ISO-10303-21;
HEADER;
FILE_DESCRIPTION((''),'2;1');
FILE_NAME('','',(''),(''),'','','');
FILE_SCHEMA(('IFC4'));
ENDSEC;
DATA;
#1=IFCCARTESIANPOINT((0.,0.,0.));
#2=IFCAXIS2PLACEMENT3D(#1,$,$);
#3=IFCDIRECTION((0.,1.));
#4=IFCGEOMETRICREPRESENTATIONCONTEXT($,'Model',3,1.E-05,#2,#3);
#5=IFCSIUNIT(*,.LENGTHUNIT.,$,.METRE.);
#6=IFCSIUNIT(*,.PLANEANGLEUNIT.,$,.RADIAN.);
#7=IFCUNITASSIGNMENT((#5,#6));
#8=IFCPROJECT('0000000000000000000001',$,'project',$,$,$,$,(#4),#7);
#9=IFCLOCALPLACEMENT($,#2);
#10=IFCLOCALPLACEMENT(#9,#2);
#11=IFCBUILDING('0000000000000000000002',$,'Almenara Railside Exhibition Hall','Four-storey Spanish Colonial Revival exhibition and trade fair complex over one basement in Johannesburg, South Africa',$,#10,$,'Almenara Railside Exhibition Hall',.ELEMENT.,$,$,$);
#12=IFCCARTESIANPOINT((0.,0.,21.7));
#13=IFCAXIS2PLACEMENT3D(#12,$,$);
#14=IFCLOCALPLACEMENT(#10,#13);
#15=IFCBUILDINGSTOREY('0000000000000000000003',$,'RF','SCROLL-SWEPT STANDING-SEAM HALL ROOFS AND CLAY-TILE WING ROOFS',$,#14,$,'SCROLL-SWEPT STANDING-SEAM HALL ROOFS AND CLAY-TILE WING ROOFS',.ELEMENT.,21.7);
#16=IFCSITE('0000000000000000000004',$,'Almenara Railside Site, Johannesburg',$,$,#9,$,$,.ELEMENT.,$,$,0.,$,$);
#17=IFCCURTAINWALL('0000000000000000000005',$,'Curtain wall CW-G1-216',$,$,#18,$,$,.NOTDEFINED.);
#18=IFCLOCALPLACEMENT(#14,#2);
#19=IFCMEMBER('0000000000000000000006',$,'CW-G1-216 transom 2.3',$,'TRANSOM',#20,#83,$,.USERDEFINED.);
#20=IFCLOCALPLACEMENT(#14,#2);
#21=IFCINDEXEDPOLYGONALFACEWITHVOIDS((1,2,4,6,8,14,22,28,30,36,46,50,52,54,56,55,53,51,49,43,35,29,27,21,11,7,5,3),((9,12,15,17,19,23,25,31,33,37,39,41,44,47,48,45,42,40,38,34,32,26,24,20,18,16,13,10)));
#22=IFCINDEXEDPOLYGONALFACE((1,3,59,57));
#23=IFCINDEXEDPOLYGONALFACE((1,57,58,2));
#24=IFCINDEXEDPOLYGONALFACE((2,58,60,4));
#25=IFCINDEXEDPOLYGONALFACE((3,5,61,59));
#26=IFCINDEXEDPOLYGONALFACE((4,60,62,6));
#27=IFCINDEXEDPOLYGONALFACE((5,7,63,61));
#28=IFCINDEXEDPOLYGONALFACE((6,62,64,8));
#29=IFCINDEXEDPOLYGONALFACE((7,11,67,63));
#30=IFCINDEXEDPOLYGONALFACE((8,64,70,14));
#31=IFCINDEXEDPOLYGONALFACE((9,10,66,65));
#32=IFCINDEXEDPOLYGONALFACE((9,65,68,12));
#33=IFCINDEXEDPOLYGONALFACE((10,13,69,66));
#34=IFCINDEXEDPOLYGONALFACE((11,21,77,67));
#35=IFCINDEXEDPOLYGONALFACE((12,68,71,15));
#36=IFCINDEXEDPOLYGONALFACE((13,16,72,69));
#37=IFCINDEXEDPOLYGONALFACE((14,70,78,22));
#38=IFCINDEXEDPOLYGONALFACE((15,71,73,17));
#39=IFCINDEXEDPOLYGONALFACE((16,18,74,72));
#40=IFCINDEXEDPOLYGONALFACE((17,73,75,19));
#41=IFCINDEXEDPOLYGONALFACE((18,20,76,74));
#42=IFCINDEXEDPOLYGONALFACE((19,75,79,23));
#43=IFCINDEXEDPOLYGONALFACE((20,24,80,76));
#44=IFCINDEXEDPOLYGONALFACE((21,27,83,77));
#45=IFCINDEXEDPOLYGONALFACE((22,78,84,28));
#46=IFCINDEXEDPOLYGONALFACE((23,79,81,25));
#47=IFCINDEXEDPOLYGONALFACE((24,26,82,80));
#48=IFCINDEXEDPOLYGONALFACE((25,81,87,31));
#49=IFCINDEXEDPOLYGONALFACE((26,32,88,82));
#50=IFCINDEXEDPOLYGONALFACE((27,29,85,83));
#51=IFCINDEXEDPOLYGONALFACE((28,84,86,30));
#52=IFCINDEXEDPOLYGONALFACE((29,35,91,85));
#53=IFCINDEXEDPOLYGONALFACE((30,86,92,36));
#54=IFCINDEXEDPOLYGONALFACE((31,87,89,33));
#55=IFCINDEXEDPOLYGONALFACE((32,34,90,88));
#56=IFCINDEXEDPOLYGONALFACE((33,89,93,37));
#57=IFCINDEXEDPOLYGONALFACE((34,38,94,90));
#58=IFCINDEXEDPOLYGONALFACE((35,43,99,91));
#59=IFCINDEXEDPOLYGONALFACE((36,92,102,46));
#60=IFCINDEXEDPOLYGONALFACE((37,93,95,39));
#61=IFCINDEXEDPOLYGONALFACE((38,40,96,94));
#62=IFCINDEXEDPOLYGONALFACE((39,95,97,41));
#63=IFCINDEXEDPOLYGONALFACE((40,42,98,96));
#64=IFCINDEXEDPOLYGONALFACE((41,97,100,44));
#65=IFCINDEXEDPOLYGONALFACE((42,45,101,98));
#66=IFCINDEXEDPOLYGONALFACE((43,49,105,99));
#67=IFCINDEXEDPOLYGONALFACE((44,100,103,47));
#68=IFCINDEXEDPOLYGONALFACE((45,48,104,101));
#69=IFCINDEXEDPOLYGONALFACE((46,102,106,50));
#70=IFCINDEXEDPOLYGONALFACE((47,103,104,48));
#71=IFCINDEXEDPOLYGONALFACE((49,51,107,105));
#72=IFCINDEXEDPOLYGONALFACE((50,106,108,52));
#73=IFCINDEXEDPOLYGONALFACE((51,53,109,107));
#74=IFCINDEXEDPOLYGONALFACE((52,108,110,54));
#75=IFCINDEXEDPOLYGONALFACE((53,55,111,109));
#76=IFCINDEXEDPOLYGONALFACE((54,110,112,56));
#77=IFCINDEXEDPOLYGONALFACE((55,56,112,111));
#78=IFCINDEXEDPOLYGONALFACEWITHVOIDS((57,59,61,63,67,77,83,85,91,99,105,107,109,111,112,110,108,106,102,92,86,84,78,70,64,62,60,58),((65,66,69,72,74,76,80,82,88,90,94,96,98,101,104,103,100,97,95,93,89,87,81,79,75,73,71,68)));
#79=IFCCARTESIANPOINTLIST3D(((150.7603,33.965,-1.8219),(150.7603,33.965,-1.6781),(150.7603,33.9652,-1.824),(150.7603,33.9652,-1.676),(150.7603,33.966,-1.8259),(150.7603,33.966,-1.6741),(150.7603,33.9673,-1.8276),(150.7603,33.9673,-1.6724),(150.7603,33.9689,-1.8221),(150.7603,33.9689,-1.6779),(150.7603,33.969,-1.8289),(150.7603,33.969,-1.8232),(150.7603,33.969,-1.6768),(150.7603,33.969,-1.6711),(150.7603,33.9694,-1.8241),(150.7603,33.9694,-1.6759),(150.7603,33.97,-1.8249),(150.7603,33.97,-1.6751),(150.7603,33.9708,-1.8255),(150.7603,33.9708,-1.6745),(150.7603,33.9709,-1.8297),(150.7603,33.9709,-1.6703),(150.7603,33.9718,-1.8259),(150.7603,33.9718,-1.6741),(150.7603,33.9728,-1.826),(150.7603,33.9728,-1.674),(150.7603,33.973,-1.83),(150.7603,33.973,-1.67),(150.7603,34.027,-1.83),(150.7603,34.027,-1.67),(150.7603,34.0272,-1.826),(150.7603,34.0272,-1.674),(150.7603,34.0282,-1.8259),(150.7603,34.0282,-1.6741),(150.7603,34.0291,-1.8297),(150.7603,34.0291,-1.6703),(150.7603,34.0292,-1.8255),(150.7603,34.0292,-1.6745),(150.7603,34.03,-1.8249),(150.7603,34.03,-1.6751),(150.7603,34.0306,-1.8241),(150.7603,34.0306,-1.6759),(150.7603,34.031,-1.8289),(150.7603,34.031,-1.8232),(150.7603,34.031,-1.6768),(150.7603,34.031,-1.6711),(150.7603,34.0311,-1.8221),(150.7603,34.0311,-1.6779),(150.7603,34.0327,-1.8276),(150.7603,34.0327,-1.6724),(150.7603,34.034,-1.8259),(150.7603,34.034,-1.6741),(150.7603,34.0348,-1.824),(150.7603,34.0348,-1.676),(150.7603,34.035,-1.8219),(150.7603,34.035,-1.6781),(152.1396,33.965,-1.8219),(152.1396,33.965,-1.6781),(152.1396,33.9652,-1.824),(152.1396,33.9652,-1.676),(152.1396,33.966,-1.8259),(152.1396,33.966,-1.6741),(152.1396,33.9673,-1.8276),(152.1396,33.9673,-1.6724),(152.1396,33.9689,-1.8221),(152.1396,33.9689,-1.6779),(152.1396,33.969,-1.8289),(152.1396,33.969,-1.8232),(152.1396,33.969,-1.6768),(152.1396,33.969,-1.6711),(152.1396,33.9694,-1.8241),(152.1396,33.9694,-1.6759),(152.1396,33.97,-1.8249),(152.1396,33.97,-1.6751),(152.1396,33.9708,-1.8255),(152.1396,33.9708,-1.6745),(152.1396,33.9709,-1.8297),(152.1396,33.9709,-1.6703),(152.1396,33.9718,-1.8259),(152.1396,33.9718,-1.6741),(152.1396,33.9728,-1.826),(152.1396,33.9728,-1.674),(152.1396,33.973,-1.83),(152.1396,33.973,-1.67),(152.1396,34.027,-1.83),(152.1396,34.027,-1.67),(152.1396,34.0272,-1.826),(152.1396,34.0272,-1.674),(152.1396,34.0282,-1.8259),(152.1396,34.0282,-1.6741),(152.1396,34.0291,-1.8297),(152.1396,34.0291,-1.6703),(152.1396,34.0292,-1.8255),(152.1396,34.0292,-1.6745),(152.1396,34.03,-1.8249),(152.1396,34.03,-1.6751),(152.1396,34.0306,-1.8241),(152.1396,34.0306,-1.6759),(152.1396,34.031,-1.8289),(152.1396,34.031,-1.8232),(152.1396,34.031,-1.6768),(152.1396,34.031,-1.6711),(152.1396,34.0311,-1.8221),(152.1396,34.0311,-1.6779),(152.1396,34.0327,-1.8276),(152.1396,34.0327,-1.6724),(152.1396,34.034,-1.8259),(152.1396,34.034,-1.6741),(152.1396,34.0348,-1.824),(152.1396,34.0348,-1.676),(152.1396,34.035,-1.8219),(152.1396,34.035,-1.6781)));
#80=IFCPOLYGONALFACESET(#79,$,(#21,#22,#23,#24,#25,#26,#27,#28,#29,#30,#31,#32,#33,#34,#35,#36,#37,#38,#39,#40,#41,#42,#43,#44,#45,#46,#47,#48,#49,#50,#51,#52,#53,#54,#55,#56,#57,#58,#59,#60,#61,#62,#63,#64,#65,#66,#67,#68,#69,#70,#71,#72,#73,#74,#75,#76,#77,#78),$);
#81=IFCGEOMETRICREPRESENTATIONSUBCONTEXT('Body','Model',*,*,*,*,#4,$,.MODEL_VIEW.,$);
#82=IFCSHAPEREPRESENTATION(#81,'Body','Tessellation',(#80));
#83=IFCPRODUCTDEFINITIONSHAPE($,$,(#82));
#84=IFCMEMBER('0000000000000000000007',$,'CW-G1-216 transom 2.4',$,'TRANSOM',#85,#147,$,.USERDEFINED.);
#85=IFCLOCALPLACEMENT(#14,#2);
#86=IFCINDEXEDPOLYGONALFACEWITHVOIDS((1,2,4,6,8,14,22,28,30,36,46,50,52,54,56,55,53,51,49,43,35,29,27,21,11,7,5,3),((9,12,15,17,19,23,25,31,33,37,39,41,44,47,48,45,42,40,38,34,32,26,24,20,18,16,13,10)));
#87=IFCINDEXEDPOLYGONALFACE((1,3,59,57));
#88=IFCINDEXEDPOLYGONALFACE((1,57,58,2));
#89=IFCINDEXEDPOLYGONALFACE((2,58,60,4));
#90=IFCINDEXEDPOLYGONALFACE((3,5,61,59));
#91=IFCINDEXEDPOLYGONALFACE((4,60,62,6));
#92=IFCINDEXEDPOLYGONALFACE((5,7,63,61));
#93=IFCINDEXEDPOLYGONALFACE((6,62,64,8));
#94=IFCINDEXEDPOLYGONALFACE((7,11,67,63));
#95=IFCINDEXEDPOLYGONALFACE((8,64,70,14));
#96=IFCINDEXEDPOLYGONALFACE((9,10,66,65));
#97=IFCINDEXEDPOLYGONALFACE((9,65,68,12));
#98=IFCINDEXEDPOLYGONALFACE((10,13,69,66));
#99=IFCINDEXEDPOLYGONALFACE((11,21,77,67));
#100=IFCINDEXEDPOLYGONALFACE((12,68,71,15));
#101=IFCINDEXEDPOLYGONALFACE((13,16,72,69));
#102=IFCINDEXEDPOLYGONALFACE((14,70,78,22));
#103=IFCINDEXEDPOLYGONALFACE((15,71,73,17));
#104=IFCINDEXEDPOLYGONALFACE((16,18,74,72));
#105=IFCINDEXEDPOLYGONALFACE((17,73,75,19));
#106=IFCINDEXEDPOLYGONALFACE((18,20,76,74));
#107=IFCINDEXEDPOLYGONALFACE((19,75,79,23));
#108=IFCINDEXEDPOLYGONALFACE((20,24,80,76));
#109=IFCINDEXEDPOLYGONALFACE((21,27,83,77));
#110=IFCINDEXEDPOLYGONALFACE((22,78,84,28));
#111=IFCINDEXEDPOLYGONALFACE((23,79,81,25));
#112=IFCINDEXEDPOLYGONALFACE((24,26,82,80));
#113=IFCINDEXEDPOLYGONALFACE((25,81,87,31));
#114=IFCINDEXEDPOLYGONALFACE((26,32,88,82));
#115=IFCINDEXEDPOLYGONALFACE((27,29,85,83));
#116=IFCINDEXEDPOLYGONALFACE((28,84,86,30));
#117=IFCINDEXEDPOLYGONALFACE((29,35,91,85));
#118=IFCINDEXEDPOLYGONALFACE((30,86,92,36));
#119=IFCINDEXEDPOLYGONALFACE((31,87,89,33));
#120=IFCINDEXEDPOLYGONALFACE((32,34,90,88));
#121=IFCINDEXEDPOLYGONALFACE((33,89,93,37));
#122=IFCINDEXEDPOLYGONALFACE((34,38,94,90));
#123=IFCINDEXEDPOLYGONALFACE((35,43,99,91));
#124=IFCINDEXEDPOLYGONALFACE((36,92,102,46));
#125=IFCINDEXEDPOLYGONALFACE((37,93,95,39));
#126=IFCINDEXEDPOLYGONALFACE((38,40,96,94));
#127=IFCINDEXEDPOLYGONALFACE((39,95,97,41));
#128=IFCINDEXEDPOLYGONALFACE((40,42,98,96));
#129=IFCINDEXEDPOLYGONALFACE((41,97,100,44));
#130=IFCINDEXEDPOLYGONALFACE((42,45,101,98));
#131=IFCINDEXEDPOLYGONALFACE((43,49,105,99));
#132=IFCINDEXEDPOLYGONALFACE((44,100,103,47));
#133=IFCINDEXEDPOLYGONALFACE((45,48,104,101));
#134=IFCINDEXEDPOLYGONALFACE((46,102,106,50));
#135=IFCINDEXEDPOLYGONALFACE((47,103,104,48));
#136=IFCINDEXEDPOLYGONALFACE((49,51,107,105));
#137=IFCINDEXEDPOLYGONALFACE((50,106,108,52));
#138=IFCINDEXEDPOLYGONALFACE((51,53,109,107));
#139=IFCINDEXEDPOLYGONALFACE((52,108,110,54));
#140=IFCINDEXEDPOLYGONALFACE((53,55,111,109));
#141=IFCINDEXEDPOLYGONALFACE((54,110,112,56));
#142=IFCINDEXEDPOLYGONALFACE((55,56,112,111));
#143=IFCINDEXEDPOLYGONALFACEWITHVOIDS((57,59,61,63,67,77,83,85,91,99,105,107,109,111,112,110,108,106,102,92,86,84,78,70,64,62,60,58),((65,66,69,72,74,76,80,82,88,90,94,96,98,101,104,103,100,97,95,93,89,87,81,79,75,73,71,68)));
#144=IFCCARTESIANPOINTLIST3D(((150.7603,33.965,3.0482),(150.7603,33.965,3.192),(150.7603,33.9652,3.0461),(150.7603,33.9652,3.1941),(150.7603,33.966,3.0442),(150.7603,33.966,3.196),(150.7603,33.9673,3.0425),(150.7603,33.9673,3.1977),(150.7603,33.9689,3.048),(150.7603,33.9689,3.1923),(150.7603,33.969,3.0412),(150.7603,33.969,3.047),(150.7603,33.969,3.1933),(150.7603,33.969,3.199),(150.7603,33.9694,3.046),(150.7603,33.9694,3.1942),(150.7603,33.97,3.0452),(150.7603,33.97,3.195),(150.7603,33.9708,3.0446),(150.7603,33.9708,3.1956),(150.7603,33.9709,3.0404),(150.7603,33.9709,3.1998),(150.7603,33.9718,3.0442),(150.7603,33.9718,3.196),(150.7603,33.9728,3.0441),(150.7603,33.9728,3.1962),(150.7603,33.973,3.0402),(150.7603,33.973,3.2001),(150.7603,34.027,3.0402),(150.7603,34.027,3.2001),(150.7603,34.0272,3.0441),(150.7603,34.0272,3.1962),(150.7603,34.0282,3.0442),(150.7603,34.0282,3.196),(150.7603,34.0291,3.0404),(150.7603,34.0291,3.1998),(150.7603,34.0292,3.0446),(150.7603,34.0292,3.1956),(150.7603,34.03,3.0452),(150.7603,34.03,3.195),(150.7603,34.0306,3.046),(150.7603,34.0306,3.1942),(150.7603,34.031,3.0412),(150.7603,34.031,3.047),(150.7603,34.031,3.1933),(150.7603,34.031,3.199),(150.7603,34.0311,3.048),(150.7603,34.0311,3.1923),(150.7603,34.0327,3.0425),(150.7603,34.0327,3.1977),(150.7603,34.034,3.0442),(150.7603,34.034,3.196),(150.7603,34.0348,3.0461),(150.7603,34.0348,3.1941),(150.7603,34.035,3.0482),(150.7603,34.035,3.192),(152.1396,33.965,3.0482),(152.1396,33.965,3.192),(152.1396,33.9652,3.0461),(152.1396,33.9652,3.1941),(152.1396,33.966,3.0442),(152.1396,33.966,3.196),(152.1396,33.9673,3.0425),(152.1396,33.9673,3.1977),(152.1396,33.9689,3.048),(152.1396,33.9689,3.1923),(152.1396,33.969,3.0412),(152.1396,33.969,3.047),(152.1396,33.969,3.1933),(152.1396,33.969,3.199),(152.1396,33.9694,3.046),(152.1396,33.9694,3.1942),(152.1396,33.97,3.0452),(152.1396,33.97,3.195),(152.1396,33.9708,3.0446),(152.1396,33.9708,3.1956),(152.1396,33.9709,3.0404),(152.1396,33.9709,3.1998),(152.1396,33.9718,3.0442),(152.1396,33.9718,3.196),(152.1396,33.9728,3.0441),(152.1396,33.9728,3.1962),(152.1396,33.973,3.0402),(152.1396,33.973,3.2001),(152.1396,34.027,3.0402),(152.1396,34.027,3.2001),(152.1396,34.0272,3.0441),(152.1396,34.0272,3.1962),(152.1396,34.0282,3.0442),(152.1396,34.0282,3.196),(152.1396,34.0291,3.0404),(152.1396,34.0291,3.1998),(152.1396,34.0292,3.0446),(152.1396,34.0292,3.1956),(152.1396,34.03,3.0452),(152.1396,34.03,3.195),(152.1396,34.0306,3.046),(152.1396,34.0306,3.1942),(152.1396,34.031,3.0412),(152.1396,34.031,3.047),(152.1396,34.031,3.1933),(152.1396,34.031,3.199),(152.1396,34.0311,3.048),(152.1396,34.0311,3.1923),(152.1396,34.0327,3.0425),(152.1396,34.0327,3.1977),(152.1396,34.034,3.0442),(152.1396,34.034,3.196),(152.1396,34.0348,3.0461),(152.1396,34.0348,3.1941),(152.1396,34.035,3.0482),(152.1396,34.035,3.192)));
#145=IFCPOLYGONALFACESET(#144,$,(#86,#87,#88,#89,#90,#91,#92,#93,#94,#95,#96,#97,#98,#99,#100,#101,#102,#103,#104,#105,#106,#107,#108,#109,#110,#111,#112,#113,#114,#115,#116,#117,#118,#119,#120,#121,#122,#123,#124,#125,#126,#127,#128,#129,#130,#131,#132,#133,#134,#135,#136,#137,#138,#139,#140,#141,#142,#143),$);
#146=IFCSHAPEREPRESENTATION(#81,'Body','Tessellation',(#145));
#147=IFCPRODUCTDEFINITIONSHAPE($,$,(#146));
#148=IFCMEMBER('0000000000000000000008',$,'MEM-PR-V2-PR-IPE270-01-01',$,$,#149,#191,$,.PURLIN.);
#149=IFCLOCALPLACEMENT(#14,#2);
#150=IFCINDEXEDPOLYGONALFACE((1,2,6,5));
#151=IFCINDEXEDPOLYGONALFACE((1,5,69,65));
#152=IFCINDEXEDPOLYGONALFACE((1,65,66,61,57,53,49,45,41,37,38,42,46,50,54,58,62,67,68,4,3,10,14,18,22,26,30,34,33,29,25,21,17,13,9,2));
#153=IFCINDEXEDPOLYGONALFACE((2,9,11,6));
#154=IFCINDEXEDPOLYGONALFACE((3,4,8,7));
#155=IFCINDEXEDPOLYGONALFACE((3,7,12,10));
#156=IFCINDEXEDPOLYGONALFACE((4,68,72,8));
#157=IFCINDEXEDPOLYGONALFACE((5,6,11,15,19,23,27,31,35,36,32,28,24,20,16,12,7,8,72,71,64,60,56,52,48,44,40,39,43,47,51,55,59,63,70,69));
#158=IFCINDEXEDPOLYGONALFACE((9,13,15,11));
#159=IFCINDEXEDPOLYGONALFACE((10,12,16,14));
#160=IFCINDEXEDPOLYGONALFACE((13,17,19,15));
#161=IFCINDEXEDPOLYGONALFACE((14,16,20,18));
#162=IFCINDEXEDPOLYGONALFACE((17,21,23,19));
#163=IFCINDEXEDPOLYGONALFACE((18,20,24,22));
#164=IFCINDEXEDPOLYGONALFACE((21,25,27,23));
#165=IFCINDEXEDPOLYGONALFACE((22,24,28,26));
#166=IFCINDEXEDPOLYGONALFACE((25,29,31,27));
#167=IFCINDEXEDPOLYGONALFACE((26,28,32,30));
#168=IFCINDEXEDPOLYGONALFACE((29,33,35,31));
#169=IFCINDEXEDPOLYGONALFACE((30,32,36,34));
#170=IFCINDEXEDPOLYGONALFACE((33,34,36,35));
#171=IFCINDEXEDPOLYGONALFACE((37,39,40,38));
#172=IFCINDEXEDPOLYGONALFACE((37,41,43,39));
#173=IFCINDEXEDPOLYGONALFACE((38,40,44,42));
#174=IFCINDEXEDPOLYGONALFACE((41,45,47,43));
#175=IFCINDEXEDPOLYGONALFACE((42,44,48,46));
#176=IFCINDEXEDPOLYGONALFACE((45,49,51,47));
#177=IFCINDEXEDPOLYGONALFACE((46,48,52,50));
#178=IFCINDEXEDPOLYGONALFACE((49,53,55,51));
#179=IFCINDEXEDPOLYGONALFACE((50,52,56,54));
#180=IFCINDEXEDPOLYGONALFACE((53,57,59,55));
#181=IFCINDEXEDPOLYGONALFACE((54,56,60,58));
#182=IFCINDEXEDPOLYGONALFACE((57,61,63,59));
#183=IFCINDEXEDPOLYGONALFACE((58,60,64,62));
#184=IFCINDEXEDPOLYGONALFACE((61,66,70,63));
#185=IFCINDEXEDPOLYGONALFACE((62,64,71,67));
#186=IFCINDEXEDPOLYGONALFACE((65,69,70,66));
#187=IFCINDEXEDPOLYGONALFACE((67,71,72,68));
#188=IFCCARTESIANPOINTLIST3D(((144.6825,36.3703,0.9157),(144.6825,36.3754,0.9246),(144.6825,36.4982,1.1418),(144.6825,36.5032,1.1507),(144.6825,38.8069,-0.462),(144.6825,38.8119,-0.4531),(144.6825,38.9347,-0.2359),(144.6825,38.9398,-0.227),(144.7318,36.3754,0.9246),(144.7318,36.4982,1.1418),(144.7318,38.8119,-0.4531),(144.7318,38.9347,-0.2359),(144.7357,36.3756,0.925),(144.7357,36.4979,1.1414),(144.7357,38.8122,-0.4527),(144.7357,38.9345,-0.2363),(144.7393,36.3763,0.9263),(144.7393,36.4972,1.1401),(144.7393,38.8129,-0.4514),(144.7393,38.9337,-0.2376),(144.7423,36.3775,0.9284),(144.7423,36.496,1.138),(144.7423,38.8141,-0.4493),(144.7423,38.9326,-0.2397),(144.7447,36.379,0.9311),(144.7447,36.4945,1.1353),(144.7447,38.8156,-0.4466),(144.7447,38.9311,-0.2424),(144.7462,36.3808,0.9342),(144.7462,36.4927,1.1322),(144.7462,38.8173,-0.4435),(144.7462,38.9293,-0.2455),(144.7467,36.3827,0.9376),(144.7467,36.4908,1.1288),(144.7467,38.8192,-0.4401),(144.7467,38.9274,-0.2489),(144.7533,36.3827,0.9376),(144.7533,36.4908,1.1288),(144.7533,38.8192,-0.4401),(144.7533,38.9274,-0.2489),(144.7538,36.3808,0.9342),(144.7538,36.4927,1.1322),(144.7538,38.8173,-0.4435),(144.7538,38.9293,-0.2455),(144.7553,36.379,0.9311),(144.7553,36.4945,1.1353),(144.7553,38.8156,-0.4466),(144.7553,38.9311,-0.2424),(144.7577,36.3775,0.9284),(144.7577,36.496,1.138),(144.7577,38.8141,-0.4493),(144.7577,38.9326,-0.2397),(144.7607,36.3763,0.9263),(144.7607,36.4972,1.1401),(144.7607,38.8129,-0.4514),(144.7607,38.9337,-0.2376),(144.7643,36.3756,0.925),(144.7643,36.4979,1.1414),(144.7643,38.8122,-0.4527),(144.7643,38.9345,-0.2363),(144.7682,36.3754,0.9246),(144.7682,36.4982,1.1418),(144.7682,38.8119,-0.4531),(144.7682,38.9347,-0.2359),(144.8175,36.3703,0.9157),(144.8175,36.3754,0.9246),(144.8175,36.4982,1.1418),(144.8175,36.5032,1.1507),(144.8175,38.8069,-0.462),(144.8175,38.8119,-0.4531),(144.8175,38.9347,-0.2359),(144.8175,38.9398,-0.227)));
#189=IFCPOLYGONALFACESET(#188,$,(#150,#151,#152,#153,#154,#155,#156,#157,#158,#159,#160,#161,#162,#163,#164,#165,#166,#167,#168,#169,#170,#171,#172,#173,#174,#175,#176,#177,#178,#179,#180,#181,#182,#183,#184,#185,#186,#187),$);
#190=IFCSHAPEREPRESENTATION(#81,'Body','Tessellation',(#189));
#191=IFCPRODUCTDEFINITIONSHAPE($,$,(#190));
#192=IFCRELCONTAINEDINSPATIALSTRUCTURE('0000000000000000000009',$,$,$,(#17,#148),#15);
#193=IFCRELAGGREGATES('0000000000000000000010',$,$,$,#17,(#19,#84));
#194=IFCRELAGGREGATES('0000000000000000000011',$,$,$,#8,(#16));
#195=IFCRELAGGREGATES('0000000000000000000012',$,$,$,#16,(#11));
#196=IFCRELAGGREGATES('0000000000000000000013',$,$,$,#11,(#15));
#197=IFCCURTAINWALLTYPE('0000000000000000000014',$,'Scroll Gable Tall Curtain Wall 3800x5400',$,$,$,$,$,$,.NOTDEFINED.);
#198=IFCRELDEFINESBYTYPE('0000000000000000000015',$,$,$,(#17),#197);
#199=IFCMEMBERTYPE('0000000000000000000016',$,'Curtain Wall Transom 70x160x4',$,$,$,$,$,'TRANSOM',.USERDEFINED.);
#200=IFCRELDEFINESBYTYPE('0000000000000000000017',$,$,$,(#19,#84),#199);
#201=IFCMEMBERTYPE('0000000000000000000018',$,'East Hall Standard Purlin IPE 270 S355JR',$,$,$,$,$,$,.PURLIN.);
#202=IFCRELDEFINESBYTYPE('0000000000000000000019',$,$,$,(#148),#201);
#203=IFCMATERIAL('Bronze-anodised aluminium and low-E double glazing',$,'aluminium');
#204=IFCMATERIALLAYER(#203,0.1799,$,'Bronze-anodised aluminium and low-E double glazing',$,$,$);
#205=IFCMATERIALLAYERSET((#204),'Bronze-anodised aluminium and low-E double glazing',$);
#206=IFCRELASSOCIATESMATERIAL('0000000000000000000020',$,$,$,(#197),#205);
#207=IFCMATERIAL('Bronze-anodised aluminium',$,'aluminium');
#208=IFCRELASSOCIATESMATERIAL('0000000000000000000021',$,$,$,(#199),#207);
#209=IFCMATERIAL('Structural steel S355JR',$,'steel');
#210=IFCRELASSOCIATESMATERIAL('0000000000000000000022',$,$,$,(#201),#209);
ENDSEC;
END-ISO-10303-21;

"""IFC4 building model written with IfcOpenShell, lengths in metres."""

from ifc_helpers import new_model, si_unit, direction, frame, origin, origin_2d, place, context, subcontext, project, spatial, hollow_rectangle, i_section, extrude, material, layer, layer_set, material_profile, profile_set, type_object, element, aggregate, save


model = new_model("IFC4")

# Units and contexts
model_context = context("Model", 3, precision=1e-05, world=origin(), true_north=direction((0.0, 1.0)))
body_context = subcontext(model_context, "Body", "Model", "MODEL_VIEW")
ifc_project = project(units=[si_unit("LENGTHUNIT", "METRE"), si_unit("PLANEANGLEUNIT", "RADIAN")], contexts=[model_context])

# Site, building, storey
site_placement = place(None, origin())
site = spatial("IfcSite", under=ifc_project, at=site_placement, Name="Almenara Railside Site, Johannesburg", CompositionType="ELEMENT", RefElevation=0.0)
building_placement = place(site_placement, origin())
building = spatial("IfcBuilding", under=site, at=building_placement, Name="Almenara Railside Exhibition Hall", Description="Four-storey Spanish Colonial Revival exhibition and trade fair complex over one basement in Johannesburg, South Africa", LongName="Almenara Railside Exhibition Hall", CompositionType="ELEMENT")
storey_placement = place(building_placement, frame((0.0, 0.0, 21.7)))
storey = spatial("IfcBuildingStorey", under=building, at=storey_placement, Name="RF", Description="SCROLL-SWEPT STANDING-SEAM HALL ROOFS AND CLAY-TILE WING ROOFS", LongName="SCROLL-SWEPT STANDING-SEAM HALL ROOFS AND CLAY-TILE WING ROOFS", CompositionType="ELEMENT", Elevation=21.7)

# Shared definitions
ifc_material_1 = material(Name="Structural steel S355JR", Category="steel")

# Shared definitions
ifc_material_2 = material(Name="Bronze-anodised aluminium and low-E double glazing", Category="aluminium")
ifc_material_3 = material(Name="Bronze-anodised aluminium", Category="aluminium")

# Curtain wall, members
ifc_layer_1 = layer(ifc_material_2, 0.1799, Name="Bronze-anodised aluminium and low-E double glazing")
ifc_layer_set_1 = layer_set([ifc_layer_1], Name="Bronze-anodised aluminium and low-E double glazing")
curtain_wall_type_1 = type_object("IfcCurtainWallType", Name="Scroll Gable Tall Curtain Wall 3800x5400", PredefinedType="NOTDEFINED", material=ifc_layer_set_1)
curtain_wall_1_placement = place(storey_placement, origin())
curtain_wall_1 = element("IfcCurtainWall", 1, at=curtain_wall_1_placement, inside=storey, type_object=curtain_wall_type_1, Name="Curtain wall CW-G1-216", PredefinedType="NOTDEFINED")
ifc_material_profile_1 = material_profile(ifc_material_3, hollow_rectangle(XDim=0.0701, YDim=0.1599, WallThickness=0.0039, InnerFilletRadius=0.0039, OuterFilletRadius=0.0081, at=origin_2d()), Name="ALU-TRN 70x160x4")
ifc_profile_set_1 = profile_set([ifc_material_profile_1], Name="Bronze-anodised aluminium")
member_type_1 = type_object("IfcMemberType", Name="Curtain Wall Transom 70x160x4", ElementType="TRANSOM", PredefinedType="USERDEFINED", material=ifc_profile_set_1)
member_1_placement = place(storey_placement, frame((150.7603, 34.0, -1.75), z_axis=(1.0, 0.0, 0.0), x_axis=(0.0, 1.0, 0.0)))
member_1 = element("IfcMember", 2, at=member_1_placement, type_object=member_type_1, Name="CW-G1-216 transom 2.3", ObjectType="TRANSOM", PredefinedType="USERDEFINED", context=body_context, shape_type="SweptSolid", body=[
    extrude(hollow_rectangle(XDim=0.0701, YDim=0.1599, WallThickness=0.0039, InnerFilletRadius=0.0039, OuterFilletRadius=0.0081, at=origin_2d()), origin(), (0.0, 0.0, 1.0), 1.3794),
])
member_2_placement = place(storey_placement, frame((150.7603, 34.0, 3.1201), z_axis=(1.0, 0.0, 0.0), x_axis=(0.0, 1.0, 0.0)))
member_2 = element("IfcMember", 3, at=member_2_placement, type_object=member_type_1, Name="CW-G1-216 transom 2.4", ObjectType="TRANSOM", PredefinedType="USERDEFINED", context=body_context, shape_type="SweptSolid", body=[
    extrude(hollow_rectangle(XDim=0.0701, YDim=0.1599, WallThickness=0.0039, InnerFilletRadius=0.0039, OuterFilletRadius=0.0081, at=origin_2d()), origin(), (0.0, 0.0, 1.0), 1.3794),
])

# Member
ifc_material_profile_2 = material_profile(ifc_material_1, i_section(OverallWidth=0.135, OverallDepth=0.27, WebThickness=0.0066, FlangeThickness=0.0103, FilletRadius=0.0149, at=origin_2d()), Name="IPE 270")
ifc_profile_set_2 = profile_set([ifc_material_profile_2], Name="Structural steel S355JR")
member_type_2 = type_object("IfcMemberType", Name="East Hall Standard Purlin IPE 270 S355JR", PredefinedType="PURLIN", material=ifc_profile_set_2)
member_3_placement = place(storey_placement, frame((144.75, 36.4368, 1.0332), z_axis=(0.0, 0.870483, -0.492198), x_axis=(-1.0, 0.0, 0.0)))
element("IfcMember", 4, at=member_3_placement, inside=storey, type_object=member_type_2, Name="MEM-PR-V2-PR-IPE270-01-01", PredefinedType="PURLIN", context=body_context, shape_type="SweptSolid", body=[
    extrude(i_section(OverallWidth=0.135, OverallDepth=0.27, WebThickness=0.0066, FlangeThickness=0.0103, FilletRadius=0.0149, at=origin_2d()), origin(), (0.0, 0.0, 1.0), 2.7991),
])

aggregate(curtain_wall_1, [member_1, member_2])

save(model, "model.ifc")
